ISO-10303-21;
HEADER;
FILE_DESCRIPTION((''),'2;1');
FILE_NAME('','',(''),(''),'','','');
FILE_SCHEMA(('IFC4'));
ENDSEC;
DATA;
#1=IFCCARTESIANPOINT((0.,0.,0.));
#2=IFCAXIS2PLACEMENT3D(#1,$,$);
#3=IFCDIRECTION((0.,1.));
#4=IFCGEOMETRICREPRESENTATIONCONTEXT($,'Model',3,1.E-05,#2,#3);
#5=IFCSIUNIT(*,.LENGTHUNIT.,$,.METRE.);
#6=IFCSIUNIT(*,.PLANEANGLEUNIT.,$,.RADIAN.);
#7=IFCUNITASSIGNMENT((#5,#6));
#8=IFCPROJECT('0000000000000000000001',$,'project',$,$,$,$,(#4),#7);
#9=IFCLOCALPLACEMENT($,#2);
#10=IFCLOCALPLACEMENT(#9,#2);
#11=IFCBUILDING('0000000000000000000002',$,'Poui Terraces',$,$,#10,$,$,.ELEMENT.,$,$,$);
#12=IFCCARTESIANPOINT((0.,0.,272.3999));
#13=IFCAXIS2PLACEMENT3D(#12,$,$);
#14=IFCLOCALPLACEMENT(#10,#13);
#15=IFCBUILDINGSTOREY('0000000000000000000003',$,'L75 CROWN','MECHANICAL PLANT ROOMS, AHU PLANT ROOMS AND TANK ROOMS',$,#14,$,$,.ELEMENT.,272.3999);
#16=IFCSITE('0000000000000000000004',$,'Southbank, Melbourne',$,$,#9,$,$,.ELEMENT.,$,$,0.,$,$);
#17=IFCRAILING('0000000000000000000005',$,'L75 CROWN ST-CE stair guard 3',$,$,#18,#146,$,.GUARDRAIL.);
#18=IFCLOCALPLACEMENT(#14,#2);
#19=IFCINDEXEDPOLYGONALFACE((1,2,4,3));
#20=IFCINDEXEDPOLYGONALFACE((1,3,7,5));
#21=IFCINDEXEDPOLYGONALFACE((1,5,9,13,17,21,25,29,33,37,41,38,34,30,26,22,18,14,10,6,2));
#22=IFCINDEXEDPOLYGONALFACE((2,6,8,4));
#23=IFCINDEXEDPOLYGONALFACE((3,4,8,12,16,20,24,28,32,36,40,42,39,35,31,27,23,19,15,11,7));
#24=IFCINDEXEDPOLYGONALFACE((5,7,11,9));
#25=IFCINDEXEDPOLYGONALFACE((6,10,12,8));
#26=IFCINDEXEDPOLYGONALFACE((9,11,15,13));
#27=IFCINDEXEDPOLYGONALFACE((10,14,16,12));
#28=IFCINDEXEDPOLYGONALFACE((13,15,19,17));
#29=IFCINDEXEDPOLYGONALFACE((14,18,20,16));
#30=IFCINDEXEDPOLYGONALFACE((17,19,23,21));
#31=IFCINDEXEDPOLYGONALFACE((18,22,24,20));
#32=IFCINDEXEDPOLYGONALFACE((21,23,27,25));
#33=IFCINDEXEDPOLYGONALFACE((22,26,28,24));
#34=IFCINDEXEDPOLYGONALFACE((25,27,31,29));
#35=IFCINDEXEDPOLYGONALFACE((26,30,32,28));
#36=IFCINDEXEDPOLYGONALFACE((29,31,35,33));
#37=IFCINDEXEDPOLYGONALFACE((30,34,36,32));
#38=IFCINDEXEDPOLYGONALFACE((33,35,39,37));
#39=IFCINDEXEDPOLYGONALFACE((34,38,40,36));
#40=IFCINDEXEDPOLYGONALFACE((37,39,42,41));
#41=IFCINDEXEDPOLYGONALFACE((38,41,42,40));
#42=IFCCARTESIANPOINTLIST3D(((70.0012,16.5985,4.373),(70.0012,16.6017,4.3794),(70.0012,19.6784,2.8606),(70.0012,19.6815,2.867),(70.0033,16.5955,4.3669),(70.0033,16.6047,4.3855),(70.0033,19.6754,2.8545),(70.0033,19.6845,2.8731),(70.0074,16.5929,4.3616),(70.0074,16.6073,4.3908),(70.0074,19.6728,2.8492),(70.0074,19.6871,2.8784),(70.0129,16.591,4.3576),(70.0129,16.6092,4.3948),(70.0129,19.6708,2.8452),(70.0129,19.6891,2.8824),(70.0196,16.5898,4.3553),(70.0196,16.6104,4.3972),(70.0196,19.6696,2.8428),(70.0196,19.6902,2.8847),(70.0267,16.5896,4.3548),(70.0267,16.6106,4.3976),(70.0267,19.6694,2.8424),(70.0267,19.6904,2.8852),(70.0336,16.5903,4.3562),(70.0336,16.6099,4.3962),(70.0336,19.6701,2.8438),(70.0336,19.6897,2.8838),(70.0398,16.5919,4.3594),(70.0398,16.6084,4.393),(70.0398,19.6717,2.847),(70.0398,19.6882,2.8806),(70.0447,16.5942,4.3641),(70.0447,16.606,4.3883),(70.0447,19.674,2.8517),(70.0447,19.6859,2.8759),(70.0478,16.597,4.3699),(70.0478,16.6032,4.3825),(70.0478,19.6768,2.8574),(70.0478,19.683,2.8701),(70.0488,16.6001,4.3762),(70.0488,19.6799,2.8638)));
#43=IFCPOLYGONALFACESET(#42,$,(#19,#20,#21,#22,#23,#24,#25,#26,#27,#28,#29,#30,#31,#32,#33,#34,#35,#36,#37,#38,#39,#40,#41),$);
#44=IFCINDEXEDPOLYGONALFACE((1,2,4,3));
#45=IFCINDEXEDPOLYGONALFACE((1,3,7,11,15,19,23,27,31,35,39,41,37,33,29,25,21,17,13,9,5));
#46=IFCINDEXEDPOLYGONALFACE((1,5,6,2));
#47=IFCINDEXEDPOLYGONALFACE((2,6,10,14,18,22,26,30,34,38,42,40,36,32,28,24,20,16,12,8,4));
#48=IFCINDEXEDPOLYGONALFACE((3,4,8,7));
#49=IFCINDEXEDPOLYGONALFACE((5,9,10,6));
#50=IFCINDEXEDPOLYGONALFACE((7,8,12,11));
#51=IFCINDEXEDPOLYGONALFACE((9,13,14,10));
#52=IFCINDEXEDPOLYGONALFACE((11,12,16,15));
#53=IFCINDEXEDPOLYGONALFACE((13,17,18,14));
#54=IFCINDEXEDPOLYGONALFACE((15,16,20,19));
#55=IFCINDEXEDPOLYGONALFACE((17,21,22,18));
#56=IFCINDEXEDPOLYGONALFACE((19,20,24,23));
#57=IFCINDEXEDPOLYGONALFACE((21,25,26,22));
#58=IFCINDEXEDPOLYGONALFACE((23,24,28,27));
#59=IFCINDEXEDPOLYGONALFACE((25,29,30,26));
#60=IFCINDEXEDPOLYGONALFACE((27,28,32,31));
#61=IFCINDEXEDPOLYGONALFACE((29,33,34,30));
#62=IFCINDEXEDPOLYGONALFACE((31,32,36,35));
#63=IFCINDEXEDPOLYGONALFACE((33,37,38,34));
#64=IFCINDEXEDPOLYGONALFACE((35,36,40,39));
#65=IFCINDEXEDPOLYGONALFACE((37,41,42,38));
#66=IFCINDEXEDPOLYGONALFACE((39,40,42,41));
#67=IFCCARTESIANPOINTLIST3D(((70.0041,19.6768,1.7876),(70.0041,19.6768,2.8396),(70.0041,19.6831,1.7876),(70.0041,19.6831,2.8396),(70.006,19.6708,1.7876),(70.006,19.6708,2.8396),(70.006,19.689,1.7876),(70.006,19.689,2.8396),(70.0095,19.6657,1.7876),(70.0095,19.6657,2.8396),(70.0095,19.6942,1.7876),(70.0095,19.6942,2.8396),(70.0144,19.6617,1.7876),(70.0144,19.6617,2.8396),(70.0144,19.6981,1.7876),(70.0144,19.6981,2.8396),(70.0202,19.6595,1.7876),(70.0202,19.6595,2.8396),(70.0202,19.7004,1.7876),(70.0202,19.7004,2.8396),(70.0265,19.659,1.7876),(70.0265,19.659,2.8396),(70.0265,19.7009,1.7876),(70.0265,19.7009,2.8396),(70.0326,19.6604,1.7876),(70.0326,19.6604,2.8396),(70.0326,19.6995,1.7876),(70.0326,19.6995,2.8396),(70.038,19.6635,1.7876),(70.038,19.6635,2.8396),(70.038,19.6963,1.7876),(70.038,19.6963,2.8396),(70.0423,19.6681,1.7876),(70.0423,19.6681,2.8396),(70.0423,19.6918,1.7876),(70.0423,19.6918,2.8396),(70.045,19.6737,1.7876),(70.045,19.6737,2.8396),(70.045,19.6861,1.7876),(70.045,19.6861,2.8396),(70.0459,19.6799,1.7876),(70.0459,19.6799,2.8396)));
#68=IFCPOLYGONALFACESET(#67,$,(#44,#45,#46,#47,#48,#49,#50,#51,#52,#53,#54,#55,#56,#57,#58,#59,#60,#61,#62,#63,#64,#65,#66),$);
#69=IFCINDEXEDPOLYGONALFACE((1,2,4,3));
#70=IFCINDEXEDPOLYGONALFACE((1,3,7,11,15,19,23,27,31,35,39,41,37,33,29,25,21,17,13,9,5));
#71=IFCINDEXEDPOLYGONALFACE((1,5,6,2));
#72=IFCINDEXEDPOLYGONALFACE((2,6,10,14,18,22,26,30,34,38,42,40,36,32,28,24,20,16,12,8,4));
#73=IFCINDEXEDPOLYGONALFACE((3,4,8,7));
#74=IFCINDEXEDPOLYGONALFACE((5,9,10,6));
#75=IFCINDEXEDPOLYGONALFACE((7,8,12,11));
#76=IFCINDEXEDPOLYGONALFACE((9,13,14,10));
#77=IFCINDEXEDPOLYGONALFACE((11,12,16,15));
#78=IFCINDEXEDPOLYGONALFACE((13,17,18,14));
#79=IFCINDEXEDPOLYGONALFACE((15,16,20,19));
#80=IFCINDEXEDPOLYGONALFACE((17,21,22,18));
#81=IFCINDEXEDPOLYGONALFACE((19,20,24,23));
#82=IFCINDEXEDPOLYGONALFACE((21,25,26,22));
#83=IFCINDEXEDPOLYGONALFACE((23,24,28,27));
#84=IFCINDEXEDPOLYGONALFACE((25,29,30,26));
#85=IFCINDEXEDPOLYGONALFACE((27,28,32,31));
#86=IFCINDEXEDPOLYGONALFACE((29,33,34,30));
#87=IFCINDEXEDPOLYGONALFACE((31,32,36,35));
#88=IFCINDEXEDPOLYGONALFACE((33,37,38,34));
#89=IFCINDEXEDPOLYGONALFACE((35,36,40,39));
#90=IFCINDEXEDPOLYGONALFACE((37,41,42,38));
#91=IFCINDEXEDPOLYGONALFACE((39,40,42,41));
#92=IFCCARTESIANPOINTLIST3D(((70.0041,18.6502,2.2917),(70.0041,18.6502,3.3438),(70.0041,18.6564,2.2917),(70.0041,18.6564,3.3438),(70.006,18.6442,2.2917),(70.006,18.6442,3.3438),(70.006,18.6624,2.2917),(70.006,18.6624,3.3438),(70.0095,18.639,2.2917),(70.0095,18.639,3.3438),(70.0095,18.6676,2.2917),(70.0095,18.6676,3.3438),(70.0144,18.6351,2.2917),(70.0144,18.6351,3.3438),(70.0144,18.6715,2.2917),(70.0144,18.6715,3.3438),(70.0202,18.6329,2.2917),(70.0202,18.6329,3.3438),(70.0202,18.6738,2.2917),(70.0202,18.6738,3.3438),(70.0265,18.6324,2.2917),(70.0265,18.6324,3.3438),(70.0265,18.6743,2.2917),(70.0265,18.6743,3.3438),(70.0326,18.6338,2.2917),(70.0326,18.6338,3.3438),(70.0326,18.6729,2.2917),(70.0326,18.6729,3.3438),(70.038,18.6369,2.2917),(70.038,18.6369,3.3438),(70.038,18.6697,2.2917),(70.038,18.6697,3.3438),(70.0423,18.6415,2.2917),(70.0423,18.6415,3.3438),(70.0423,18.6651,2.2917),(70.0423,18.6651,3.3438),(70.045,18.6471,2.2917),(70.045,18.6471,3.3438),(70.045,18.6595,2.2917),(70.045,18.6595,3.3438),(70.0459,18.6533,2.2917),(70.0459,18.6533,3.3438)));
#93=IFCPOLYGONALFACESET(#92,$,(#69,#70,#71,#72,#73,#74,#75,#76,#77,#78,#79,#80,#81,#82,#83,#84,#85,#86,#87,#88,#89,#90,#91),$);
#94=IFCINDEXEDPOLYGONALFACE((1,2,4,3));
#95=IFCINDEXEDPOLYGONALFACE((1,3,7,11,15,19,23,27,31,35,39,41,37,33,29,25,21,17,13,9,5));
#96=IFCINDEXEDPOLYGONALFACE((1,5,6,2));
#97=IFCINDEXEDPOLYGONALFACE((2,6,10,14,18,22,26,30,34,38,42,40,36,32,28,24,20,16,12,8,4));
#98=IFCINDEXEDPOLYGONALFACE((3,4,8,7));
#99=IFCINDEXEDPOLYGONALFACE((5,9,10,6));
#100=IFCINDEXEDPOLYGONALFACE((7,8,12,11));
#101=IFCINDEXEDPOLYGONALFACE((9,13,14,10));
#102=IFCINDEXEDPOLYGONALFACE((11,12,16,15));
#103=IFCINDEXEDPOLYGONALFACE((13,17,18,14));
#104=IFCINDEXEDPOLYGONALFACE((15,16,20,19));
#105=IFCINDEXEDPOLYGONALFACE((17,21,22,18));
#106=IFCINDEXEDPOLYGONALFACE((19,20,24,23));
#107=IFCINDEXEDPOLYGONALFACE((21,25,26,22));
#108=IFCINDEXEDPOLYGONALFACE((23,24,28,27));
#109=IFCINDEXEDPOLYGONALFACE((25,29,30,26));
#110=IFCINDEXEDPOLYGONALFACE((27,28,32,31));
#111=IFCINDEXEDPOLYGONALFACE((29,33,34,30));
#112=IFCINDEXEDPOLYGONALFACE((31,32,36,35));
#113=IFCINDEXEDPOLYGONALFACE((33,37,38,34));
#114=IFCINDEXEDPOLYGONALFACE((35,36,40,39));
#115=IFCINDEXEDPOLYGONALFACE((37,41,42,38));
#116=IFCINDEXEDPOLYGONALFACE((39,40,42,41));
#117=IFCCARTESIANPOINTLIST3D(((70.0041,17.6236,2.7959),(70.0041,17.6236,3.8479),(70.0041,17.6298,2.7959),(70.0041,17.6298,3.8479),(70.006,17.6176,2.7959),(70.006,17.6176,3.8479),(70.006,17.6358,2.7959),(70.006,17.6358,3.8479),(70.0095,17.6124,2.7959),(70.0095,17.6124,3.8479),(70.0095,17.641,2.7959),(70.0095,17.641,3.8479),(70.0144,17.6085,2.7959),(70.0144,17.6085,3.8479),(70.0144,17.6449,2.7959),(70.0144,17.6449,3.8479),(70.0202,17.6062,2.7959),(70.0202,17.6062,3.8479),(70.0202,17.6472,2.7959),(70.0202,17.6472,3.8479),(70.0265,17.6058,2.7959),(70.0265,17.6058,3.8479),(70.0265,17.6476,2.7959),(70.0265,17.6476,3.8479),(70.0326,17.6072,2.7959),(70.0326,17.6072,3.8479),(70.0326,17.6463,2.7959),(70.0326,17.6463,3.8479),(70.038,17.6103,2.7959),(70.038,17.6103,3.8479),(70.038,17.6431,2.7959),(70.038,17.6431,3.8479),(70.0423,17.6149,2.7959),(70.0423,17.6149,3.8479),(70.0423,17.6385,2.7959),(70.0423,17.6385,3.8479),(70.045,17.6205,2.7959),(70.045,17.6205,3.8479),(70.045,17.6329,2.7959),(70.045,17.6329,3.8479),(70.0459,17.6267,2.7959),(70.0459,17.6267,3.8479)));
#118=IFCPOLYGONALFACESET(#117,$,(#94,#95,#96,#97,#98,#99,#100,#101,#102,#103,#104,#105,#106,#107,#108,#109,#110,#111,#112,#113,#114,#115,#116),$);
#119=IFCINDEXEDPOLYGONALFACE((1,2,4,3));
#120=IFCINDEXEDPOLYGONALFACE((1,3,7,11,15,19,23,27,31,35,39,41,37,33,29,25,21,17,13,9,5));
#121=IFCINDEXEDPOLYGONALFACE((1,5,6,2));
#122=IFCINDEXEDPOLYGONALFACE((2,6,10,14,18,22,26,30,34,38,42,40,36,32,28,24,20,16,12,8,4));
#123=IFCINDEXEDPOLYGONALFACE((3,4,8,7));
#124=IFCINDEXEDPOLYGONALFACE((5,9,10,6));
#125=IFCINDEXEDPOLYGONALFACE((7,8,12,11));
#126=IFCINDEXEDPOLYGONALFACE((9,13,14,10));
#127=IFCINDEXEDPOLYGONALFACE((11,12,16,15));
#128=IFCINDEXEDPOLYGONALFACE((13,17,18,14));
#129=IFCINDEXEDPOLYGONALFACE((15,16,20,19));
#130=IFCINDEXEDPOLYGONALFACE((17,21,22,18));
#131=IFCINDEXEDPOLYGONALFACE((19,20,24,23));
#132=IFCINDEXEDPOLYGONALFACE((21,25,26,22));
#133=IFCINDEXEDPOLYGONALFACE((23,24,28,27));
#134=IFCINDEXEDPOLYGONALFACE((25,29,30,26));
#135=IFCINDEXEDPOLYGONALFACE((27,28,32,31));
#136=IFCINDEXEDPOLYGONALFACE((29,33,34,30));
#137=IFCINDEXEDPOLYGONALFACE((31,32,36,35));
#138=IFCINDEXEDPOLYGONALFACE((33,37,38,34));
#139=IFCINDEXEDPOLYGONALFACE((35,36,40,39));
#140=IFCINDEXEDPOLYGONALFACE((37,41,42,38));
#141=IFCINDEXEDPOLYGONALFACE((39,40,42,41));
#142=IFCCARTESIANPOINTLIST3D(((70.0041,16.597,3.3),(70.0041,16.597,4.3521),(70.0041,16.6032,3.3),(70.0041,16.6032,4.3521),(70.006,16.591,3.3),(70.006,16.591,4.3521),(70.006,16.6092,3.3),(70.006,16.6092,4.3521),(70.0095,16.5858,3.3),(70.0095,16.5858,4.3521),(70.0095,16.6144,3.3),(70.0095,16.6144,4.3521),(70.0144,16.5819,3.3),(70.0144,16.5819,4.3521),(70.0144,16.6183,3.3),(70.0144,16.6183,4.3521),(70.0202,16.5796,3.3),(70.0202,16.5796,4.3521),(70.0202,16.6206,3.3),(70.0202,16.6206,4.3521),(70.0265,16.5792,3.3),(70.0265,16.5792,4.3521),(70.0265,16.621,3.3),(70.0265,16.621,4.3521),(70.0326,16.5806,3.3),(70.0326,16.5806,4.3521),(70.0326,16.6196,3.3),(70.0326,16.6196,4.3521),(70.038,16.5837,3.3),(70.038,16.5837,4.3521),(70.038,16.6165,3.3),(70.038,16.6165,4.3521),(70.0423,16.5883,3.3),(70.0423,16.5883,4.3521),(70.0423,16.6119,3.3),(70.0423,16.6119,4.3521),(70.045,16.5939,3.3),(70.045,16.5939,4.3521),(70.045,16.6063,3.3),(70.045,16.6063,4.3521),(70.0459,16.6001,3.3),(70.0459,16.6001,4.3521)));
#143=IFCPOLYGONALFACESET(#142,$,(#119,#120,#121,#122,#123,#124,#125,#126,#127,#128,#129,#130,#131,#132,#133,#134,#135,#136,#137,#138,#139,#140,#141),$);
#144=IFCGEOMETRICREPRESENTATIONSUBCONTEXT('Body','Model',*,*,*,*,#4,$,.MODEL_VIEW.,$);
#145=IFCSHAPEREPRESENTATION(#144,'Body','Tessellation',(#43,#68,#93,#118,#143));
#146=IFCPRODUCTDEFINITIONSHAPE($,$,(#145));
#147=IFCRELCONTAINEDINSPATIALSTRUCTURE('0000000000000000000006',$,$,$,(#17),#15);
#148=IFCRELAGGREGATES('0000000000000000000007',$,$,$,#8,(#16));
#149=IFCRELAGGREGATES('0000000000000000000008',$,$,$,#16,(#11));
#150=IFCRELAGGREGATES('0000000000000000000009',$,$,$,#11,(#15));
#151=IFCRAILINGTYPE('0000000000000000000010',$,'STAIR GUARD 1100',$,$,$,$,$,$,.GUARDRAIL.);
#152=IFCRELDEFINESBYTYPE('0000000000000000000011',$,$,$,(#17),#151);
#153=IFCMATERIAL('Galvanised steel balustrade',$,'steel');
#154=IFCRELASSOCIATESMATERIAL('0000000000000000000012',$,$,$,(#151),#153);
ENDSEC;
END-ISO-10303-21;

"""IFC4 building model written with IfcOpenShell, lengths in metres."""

from ifc_helpers import new_model, si_unit, direction, frame, origin, origin_2d, place, context, subcontext, project, spatial, circle, extrude, material, type_object, element, save


model = new_model("IFC4")

# Units and contexts
model_context = context("Model", 3, precision=1e-05, world=origin(), true_north=direction((0.0, 1.0)))
body_context = subcontext(model_context, "Body", "Model", "MODEL_VIEW")
ifc_project = project(units=[si_unit("LENGTHUNIT", "METRE"), si_unit("PLANEANGLEUNIT", "RADIAN")], contexts=[model_context])

# Site, building, storey
site_placement = place(None, origin())
site = spatial("IfcSite", under=ifc_project, at=site_placement, Name="Southbank, Melbourne", CompositionType="ELEMENT", RefElevation=0.0)
building_placement = place(site_placement, origin())
building = spatial("IfcBuilding", under=site, at=building_placement, Name="Poui Terraces", CompositionType="ELEMENT")
storey_placement = place(building_placement, frame((0.0, 0.0, 272.3999)))
storey = spatial("IfcBuildingStorey", under=building, at=storey_placement, Name="L75 CROWN", Description="MECHANICAL PLANT ROOMS, AHU PLANT ROOMS AND TANK ROOMS", CompositionType="ELEMENT", Elevation=272.3999)

# Railing
ifc_material_1 = material(Name="Galvanised steel balustrade", Category="steel")
railing_type_1 = type_object("IfcRailingType", Name="STAIR GUARD 1100", PredefinedType="GUARDRAIL", material=ifc_material_1)
railing_1_placement = place(storey_placement, frame((70.0249, 19.6799, 1.7876)))
element("IfcRailing", 1, at=railing_1_placement, inside=storey, type_object=railing_type_1, Name="L75 CROWN ST-CE stair guard 3", PredefinedType="GUARDRAIL", context=body_context, shape_type="SweptSolid", body=[
    extrude(circle(Radius=0.0239, at=origin_2d()), frame((0.0, 0.0, 1.0762), z_axis=(0.0, -0.897606, 0.440798), x_axis=(1.0, 0.0, 0.0)), (0.0, 0.0, 1.0), 3.4312),
    extrude(circle(Radius=0.021, at=origin_2d()), origin(), (0.0, 0.0, 1.0), 1.052),
    extrude(circle(Radius=0.021, at=origin_2d()), frame((0.0, -1.0266, 0.5042)), (0.0, 0.0, 1.0), 1.052),
    extrude(circle(Radius=0.021, at=origin_2d()), frame((0.0, -2.0532, 1.0083)), (0.0, 0.0, 1.0), 1.052),
    extrude(circle(Radius=0.021, at=origin_2d()), frame((0.0, -3.0798, 1.5125)), (0.0, 0.0, 1.0), 1.052),
])

save(model, "model.ifc")
